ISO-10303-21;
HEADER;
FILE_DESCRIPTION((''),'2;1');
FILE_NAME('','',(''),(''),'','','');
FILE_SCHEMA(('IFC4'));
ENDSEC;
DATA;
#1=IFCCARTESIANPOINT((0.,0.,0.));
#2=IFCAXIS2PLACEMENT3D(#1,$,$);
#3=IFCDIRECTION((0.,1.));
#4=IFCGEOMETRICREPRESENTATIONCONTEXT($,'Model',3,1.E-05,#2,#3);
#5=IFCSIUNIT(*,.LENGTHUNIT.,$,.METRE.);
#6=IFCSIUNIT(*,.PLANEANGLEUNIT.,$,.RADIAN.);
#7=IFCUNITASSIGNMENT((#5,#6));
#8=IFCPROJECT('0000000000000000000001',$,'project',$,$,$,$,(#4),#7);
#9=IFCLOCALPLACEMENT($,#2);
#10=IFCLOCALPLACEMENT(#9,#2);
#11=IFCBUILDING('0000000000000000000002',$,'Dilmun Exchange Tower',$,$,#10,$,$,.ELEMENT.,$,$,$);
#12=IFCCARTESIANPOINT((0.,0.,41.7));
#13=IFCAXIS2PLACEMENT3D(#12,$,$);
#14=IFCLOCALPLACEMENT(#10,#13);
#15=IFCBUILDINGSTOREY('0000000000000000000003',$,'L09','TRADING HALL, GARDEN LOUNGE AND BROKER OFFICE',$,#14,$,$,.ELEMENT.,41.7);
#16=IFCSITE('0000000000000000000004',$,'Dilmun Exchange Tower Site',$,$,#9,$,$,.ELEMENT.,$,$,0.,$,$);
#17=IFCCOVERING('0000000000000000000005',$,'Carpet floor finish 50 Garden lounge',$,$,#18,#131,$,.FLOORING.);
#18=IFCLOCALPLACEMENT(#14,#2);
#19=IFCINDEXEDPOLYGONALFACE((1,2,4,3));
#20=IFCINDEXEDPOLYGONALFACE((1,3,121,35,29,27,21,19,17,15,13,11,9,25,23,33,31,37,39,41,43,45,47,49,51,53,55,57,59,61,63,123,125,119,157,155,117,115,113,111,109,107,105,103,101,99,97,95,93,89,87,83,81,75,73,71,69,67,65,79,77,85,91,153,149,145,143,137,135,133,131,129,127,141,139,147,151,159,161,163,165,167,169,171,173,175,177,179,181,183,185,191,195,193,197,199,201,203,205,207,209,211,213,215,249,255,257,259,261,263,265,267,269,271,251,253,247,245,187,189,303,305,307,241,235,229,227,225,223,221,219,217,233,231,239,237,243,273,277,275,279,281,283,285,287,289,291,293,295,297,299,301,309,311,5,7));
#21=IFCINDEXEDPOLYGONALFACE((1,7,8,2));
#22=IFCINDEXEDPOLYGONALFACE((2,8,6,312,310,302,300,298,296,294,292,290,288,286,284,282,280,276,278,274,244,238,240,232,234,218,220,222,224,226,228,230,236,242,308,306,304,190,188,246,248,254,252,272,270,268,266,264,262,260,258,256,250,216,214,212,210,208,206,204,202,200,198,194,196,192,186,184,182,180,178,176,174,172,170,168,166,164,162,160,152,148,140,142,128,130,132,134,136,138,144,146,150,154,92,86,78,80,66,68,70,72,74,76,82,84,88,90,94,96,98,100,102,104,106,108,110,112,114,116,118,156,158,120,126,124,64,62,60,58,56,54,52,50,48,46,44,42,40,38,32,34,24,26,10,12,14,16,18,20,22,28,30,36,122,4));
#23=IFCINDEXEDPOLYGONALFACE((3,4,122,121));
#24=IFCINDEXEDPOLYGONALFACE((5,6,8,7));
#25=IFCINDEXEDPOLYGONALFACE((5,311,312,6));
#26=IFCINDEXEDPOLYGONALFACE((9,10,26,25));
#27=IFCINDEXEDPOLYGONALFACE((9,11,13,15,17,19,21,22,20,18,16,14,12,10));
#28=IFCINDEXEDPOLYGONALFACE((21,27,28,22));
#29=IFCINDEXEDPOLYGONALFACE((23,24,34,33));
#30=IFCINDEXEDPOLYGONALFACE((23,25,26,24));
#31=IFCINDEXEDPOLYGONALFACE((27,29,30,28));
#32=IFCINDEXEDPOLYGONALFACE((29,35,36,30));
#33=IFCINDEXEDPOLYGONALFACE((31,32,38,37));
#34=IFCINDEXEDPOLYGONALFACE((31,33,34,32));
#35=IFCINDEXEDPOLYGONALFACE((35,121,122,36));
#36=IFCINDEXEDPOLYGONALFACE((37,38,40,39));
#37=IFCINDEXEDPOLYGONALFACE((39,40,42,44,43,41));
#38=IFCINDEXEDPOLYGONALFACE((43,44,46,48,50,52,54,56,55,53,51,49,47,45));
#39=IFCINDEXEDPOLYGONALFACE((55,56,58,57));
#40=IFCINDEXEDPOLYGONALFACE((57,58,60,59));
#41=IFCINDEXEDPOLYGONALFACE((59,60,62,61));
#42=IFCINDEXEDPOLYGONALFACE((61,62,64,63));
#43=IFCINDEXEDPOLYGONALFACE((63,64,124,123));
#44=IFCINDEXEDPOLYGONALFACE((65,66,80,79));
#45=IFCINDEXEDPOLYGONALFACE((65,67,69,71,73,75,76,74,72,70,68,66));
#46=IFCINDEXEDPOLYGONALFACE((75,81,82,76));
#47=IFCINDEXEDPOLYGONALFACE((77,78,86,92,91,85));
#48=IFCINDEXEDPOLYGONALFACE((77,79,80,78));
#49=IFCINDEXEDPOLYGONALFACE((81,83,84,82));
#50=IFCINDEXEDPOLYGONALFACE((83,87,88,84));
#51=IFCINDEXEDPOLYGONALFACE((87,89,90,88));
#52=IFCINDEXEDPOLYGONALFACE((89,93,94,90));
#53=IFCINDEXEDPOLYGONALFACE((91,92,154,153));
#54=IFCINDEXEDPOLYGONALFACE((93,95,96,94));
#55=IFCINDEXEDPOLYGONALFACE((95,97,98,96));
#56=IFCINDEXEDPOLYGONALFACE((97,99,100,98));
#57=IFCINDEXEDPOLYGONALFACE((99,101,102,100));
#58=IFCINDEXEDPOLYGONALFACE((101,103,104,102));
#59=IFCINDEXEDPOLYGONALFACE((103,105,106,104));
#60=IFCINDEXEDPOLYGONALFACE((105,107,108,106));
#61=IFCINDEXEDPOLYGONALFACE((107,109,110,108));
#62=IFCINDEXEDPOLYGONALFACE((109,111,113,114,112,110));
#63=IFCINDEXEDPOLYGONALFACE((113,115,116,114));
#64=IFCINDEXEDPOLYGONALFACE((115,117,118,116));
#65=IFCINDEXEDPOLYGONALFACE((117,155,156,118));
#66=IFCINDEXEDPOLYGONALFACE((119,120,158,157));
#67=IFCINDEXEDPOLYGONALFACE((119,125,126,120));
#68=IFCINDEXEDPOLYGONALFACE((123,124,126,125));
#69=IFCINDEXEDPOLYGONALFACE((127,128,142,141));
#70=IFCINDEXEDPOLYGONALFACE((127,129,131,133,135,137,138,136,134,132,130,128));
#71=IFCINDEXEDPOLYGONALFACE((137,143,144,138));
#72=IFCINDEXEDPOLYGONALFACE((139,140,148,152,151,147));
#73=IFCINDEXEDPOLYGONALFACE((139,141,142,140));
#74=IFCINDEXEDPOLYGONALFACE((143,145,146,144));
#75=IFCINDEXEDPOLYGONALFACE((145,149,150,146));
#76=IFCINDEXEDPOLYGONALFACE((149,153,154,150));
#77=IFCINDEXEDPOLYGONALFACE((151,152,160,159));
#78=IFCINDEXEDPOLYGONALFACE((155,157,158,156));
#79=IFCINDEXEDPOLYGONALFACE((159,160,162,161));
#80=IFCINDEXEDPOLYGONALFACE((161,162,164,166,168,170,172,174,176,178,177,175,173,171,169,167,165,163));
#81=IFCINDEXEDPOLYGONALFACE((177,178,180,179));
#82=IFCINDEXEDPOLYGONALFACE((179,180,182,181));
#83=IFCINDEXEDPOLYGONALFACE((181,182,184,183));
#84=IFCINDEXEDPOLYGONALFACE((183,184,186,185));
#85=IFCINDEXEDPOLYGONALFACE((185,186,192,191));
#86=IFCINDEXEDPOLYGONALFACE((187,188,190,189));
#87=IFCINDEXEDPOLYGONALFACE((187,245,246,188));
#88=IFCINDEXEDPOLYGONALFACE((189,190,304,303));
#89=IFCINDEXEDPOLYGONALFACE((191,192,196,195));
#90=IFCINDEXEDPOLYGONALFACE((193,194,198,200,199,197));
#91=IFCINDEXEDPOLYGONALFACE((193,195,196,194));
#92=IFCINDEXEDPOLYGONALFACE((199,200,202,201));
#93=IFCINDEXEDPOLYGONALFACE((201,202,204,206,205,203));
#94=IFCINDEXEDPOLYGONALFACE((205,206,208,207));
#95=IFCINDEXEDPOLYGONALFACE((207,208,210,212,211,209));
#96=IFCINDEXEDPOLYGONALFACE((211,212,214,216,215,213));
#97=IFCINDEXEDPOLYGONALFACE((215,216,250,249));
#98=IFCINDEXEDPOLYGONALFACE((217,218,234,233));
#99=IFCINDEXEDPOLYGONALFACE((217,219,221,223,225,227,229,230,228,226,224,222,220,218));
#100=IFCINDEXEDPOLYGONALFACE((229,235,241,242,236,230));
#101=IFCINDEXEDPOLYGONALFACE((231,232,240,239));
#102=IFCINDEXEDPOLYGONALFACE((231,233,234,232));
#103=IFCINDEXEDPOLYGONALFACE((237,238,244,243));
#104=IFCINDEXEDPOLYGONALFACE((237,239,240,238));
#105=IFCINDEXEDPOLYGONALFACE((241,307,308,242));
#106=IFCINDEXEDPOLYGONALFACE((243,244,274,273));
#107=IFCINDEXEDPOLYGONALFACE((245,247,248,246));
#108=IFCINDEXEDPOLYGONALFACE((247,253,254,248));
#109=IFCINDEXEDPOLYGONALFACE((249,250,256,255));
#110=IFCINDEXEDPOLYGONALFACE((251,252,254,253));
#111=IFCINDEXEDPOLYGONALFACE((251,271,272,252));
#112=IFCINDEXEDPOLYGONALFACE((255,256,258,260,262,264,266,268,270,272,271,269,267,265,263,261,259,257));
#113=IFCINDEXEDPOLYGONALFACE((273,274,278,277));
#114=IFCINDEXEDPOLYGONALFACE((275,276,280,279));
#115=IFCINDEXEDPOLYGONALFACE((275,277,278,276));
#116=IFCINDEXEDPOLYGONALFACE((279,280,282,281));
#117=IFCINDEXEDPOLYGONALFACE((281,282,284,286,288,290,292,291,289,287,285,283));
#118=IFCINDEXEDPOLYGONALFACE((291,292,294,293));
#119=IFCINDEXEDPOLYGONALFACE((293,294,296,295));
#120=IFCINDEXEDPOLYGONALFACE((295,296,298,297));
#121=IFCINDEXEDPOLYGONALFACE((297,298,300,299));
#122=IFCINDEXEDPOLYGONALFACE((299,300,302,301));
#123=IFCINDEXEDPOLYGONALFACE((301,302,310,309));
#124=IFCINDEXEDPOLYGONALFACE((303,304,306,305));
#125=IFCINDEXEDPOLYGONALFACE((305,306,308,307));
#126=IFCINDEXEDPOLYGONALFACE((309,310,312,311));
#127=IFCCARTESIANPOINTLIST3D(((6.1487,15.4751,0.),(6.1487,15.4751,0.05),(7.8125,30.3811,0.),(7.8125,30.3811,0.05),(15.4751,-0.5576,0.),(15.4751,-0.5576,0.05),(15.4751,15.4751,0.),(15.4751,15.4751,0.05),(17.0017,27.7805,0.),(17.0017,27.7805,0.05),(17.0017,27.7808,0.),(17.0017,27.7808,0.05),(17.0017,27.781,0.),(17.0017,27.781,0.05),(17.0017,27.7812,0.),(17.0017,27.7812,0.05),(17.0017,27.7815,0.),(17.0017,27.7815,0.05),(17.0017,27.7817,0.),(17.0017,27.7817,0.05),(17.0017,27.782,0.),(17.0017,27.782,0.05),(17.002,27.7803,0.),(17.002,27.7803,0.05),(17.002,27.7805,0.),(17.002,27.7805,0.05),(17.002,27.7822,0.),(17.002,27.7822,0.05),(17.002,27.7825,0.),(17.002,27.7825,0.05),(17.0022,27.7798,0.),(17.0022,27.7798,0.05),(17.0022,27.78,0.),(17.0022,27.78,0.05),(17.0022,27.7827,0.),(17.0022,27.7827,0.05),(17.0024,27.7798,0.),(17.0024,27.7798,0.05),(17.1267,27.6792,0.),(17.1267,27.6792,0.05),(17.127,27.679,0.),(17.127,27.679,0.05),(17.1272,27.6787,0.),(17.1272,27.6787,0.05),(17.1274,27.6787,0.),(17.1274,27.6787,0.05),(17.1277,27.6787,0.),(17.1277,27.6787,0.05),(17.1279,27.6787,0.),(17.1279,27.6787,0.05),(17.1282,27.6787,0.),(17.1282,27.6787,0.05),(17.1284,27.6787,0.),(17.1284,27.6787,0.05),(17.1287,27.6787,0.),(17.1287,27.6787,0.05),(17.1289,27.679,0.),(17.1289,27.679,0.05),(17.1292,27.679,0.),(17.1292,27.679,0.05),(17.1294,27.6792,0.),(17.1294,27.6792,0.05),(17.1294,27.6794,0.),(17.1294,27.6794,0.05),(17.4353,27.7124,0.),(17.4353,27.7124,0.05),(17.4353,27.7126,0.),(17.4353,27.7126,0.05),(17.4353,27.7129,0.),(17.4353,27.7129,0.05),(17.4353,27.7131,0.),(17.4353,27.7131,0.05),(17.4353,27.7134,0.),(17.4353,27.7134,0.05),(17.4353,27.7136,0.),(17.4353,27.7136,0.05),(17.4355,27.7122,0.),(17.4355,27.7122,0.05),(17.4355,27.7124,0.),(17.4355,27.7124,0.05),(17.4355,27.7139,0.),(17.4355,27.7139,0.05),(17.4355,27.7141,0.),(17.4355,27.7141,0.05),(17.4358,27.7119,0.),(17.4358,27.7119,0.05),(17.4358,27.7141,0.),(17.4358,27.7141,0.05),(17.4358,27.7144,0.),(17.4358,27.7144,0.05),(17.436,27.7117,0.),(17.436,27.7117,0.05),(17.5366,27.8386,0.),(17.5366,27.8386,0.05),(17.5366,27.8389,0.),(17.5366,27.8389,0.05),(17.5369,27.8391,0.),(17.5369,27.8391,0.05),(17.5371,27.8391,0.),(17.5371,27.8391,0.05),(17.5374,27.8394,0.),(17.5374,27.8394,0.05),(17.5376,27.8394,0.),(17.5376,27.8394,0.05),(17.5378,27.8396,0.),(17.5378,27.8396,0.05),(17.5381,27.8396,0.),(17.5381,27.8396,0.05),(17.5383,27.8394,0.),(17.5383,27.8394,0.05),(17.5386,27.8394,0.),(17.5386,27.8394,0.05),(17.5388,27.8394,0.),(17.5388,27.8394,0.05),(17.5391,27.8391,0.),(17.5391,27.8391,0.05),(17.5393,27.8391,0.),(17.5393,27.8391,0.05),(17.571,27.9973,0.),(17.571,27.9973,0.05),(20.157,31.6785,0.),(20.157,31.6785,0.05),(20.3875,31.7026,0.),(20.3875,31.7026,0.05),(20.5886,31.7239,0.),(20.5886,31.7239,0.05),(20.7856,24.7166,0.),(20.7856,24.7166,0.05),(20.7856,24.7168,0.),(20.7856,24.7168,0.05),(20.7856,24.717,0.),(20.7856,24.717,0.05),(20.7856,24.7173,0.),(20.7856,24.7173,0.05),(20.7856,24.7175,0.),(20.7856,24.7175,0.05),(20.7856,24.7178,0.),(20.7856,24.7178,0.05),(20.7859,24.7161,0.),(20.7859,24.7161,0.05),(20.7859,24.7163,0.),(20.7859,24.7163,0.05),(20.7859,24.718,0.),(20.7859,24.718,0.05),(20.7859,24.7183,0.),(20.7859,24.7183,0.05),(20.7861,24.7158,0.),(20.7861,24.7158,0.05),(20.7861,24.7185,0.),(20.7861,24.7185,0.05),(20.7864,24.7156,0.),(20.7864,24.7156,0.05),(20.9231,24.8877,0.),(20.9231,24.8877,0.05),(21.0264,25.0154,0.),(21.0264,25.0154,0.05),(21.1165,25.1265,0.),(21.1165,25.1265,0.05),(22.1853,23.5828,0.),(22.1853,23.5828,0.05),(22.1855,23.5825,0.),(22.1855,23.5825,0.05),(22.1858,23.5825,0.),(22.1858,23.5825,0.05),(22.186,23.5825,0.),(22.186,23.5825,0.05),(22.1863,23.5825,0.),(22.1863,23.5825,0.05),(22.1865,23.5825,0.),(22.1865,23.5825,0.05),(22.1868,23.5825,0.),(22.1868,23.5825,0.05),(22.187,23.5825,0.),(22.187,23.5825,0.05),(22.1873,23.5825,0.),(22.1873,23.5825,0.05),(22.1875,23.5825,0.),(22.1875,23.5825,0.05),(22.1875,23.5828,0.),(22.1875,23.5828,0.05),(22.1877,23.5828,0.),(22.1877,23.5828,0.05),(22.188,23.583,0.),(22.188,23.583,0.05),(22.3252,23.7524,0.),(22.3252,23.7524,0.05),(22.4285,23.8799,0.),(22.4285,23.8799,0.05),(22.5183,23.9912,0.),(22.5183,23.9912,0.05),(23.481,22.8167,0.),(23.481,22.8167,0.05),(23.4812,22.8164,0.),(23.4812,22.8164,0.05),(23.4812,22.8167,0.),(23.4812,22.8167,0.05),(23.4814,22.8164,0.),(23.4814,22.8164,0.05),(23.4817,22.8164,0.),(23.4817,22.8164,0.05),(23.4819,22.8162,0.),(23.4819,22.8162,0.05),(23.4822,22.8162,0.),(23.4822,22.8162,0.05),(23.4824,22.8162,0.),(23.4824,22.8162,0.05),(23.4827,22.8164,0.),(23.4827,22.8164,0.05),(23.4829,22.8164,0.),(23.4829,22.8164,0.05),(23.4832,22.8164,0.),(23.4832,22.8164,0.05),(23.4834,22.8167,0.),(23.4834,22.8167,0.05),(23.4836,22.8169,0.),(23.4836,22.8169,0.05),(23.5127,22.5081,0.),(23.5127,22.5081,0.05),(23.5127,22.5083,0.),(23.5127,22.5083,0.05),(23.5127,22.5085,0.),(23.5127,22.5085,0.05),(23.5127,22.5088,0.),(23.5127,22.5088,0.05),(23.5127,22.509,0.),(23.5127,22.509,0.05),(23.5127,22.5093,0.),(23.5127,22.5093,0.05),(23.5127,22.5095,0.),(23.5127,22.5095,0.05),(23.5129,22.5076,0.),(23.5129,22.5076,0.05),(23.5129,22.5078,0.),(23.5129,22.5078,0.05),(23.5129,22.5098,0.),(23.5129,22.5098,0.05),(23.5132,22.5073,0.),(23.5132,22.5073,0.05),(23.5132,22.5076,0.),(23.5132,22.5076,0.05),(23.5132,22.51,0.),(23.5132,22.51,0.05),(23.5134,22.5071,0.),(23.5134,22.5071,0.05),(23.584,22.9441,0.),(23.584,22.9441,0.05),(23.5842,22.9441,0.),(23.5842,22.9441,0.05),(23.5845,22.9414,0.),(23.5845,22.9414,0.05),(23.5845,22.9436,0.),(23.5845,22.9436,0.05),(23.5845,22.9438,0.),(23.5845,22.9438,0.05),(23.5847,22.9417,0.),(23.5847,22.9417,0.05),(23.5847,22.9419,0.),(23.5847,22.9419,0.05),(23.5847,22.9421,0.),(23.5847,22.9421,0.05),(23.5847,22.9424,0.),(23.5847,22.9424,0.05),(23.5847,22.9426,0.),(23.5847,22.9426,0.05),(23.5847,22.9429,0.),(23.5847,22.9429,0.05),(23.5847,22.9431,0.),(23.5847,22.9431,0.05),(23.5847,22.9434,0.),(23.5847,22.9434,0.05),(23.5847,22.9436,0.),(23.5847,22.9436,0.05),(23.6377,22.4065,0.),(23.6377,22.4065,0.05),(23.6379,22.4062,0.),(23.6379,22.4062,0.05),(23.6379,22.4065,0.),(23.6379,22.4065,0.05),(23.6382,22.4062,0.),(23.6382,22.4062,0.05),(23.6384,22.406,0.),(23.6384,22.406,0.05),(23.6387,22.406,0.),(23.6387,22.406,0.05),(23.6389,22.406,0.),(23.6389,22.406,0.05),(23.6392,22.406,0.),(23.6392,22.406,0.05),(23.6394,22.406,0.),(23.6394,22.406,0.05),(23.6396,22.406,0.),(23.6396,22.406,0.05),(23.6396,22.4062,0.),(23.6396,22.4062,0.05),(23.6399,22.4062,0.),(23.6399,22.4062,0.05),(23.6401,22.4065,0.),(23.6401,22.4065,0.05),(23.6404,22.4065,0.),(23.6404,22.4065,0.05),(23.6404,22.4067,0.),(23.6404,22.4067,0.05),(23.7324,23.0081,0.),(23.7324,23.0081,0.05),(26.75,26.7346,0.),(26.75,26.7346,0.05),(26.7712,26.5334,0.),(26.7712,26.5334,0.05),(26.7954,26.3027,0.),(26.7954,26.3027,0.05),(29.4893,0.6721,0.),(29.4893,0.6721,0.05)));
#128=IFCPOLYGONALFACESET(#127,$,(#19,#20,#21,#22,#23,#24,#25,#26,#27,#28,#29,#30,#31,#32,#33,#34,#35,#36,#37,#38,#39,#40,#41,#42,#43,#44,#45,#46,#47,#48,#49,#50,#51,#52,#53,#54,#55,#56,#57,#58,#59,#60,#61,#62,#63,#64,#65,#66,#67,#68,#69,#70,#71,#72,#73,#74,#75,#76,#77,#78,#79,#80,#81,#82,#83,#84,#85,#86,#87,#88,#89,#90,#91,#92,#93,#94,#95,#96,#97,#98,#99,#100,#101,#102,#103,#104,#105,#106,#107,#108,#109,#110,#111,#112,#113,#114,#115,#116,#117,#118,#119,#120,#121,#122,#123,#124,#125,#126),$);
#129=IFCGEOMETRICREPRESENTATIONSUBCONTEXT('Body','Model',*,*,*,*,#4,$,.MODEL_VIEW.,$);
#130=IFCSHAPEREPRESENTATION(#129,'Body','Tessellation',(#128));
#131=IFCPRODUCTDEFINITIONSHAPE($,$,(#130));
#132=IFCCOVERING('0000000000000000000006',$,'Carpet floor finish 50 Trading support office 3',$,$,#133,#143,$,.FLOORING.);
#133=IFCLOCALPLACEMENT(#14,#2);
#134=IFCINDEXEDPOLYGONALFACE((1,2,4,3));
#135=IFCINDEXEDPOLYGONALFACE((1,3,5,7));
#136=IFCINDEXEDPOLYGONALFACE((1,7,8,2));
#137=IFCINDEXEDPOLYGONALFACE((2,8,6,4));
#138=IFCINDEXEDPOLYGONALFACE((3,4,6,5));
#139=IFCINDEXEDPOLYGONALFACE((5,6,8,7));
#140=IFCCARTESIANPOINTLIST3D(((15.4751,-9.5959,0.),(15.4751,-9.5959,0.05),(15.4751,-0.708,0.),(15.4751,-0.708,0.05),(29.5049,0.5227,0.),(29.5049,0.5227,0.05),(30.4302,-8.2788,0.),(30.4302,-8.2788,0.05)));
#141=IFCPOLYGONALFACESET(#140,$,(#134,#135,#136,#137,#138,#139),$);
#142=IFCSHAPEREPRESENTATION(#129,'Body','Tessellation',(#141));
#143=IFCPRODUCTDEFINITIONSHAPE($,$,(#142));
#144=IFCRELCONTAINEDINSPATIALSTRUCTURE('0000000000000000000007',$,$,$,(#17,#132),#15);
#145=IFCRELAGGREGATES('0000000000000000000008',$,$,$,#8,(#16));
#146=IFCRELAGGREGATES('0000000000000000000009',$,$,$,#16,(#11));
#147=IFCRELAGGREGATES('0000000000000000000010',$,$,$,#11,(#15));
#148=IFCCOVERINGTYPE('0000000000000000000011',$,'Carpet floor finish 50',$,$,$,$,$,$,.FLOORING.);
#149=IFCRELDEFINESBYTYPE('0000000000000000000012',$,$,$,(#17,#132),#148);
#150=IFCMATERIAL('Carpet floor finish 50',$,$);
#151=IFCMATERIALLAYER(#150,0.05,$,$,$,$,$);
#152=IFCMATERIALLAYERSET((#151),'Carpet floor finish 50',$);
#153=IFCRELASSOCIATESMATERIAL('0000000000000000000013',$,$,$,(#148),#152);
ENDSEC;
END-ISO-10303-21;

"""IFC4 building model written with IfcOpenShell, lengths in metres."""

from ifc_helpers import new_model, si_unit, direction, frame, origin, place, context, subcontext, project, spatial, polyline, outline, extrude, material, layer, layer_set, type_object, element, save


model = new_model("IFC4")

# Units and contexts
model_context = context("Model", 3, precision=1e-05, world=origin(), true_north=direction((0.0, 1.0)))
body_context = subcontext(model_context, "Body", "Model", "MODEL_VIEW")
ifc_project = project(units=[si_unit("LENGTHUNIT", "METRE"), si_unit("PLANEANGLEUNIT", "RADIAN")], contexts=[model_context])

# Site, building, storey
site_placement = place(None, origin())
site = spatial("IfcSite", under=ifc_project, at=site_placement, Name="Dilmun Exchange Tower Site", CompositionType="ELEMENT", RefElevation=0.0)
building_placement = place(site_placement, origin())
building = spatial("IfcBuilding", under=site, at=building_placement, Name="Dilmun Exchange Tower", CompositionType="ELEMENT")
storey_placement = place(building_placement, frame((0.0, 0.0, 41.7)))
storey = spatial("IfcBuildingStorey", under=building, at=storey_placement, Name="L09", Description="TRADING HALL, GARDEN LOUNGE AND BROKER OFFICE", CompositionType="ELEMENT", Elevation=41.7)

# Coverings
ifc_material_1 = material(Name="Carpet floor finish 50")
ifc_layer_1 = layer(ifc_material_1, 0.05)
ifc_layer_set_1 = layer_set([ifc_layer_1], Name="Carpet floor finish 50")
covering_type_1 = type_object("IfcCoveringType", Name="Carpet floor finish 50", PredefinedType="FLOORING", material=ifc_layer_set_1)
covering_1_placement = place(storey_placement, origin())
element("IfcCovering", 1, at=covering_1_placement, inside=storey, type_object=covering_type_1, Name="Carpet floor finish 50 Garden lounge", PredefinedType="FLOORING", context=body_context, shape_type="SweptSolid", body=[
    extrude(outline(polyline([(17.571, 27.9973), (21.1165, 25.1265), (21.0264, 25.0154), (17.5393, 27.8391), (17.5391, 27.8391), (17.5391, 27.8391), (17.5388, 27.8394), (17.5386, 27.8394), (17.5383, 27.8394), (17.5381, 27.8396), (17.5381, 27.8396), (17.5378, 27.8396), (17.5376, 27.8394), (17.5376, 27.8394), (17.5374, 27.8394), (17.5371, 27.8391), (17.5369, 27.8391), (17.5369, 27.8391), (17.5366, 27.8389), (17.5366, 27.8386), (17.4358, 27.7144), (17.4358, 27.7141), (17.4355, 27.7141), (17.4355, 27.7139), (17.4353, 27.7136), (17.4353, 27.7134), (17.4353, 27.7134), (17.4353, 27.7131), (17.4353, 27.7129), (17.4353, 27.7126), (17.4353, 27.7124), (17.4355, 27.7124), (17.4355, 27.7122), (17.4358, 27.7119), (17.4358, 27.7119), (17.436, 27.7117), (17.436, 27.7117), (20.9231, 24.8877), (20.7861, 24.7185), (20.7859, 24.7183), (20.7859, 24.718), (20.7859, 24.718), (20.7856, 24.7178), (20.7856, 24.7175), (20.7856, 24.7173), (20.7856, 24.717), (20.7856, 24.7168), (20.7856, 24.7168), (20.7856, 24.7166), (20.7859, 24.7163), (20.7859, 24.7163), (20.7859, 24.7161), (20.7861, 24.7158), (20.7861, 24.7158), (20.7864, 24.7156), (22.1853, 23.5828), (22.1853, 23.5828), (22.1855, 23.5825), (22.1858, 23.5825), (22.1858, 23.5825), (22.186, 23.5825), (22.1863, 23.5825), (22.1865, 23.5825), (22.1868, 23.5825), (22.187, 23.5825), (22.187, 23.5825), (22.1873, 23.5825), (22.1875, 23.5825), (22.1875, 23.5828), (22.1877, 23.5828), (22.188, 23.583), (22.188, 23.583), (22.3252, 23.7524), (23.481, 22.8167), (23.4812, 22.8167), (23.4812, 22.8164), (23.4814, 22.8164), (23.4817, 22.8164), (23.4817, 22.8164), (23.4819, 22.8162), (23.4822, 22.8162), (23.4824, 22.8162), (23.4827, 22.8164), (23.4827, 22.8164), (23.4829, 22.8164), (23.4832, 22.8164), (23.4834, 22.8167), (23.4834, 22.8167), (23.4836, 22.8169), (23.4836, 22.8169), (23.5845, 22.9414), (23.5845, 22.9414), (23.5847, 22.9417), (23.5847, 22.9419), (23.5847, 22.9419), (23.5847, 22.9421), (23.5847, 22.9424), (23.5847, 22.9426), (23.5847, 22.9429), (23.5847, 22.9431), (23.5847, 22.9431), (23.5847, 22.9434), (23.5847, 22.9436), (23.5845, 22.9436), (23.5845, 22.9438), (23.5842, 22.9441), (23.584, 22.9441), (22.4285, 23.8799), (22.5183, 23.9912), (23.7324, 23.0081), (26.75, 26.7346), (26.7712, 26.5334), (23.5132, 22.51), (23.5129, 22.5098), (23.5129, 22.5098), (23.5127, 22.5095), (23.5127, 22.5093), (23.5127, 22.509), (23.5127, 22.5088), (23.5127, 22.5088), (23.5127, 22.5085), (23.5127, 22.5083), (23.5127, 22.5083), (23.5127, 22.5081), (23.5129, 22.5078), (23.5129, 22.5076), (23.5132, 22.5076), (23.5132, 22.5073), (23.5134, 22.5071), (23.6377, 22.4065), (23.6379, 22.4065), (23.6379, 22.4062), (23.6382, 22.4062), (23.6384, 22.406), (23.6387, 22.406), (23.6389, 22.406), (23.6389, 22.406), (23.6392, 22.406), (23.6394, 22.406), (23.6396, 22.406), (23.6396, 22.4062), (23.6399, 22.4062), (23.6401, 22.4065), (23.6404, 22.4065), (23.6404, 22.4065), (23.6404, 22.4067), (26.7954, 26.3027), (29.4893, 0.6721), (15.4751, -0.5576), (15.4751, 15.4751), (6.1487, 15.4751), (7.8125, 30.3811), (20.157, 31.6785), (17.0022, 27.7827), (17.002, 27.7825), (17.002, 27.7822), (17.0017, 27.782), (17.0017, 27.782), (17.0017, 27.7817), (17.0017, 27.7815), (17.0017, 27.7812), (17.0017, 27.781), (17.0017, 27.781), (17.0017, 27.7808), (17.0017, 27.7805), (17.002, 27.7805), (17.002, 27.7803), (17.0022, 27.78), (17.0022, 27.7798), (17.0024, 27.7798), (17.1267, 27.6792), (17.127, 27.679), (17.127, 27.679), (17.1272, 27.6787), (17.1274, 27.6787), (17.1277, 27.6787), (17.1277, 27.6787), (17.1279, 27.6787), (17.1282, 27.6787), (17.1284, 27.6787), (17.1287, 27.6787), (17.1287, 27.6787), (17.1289, 27.679), (17.1292, 27.679), (17.1294, 27.6792), (17.1294, 27.6792), (17.1294, 27.6794), (20.3875, 31.7026), (20.5886, 31.7239), (17.571, 27.9973)])), origin(), (0.0, 0.0, 1.0), 0.05),
])
covering_2_placement = place(storey_placement, origin())
element("IfcCovering", 2, at=covering_2_placement, inside=storey, type_object=covering_type_1, Name="Carpet floor finish 50 Trading support office 3", PredefinedType="FLOORING", context=body_context, shape_type="SweptSolid", body=[
    extrude(outline(polyline([(15.4751, -9.5959), (15.4751, -0.708), (29.5049, 0.5227), (30.4302, -8.2788), (15.4751, -9.5959)])), origin(), (0.0, 0.0, 1.0), 0.05),
])

save(model, "model.ifc")
